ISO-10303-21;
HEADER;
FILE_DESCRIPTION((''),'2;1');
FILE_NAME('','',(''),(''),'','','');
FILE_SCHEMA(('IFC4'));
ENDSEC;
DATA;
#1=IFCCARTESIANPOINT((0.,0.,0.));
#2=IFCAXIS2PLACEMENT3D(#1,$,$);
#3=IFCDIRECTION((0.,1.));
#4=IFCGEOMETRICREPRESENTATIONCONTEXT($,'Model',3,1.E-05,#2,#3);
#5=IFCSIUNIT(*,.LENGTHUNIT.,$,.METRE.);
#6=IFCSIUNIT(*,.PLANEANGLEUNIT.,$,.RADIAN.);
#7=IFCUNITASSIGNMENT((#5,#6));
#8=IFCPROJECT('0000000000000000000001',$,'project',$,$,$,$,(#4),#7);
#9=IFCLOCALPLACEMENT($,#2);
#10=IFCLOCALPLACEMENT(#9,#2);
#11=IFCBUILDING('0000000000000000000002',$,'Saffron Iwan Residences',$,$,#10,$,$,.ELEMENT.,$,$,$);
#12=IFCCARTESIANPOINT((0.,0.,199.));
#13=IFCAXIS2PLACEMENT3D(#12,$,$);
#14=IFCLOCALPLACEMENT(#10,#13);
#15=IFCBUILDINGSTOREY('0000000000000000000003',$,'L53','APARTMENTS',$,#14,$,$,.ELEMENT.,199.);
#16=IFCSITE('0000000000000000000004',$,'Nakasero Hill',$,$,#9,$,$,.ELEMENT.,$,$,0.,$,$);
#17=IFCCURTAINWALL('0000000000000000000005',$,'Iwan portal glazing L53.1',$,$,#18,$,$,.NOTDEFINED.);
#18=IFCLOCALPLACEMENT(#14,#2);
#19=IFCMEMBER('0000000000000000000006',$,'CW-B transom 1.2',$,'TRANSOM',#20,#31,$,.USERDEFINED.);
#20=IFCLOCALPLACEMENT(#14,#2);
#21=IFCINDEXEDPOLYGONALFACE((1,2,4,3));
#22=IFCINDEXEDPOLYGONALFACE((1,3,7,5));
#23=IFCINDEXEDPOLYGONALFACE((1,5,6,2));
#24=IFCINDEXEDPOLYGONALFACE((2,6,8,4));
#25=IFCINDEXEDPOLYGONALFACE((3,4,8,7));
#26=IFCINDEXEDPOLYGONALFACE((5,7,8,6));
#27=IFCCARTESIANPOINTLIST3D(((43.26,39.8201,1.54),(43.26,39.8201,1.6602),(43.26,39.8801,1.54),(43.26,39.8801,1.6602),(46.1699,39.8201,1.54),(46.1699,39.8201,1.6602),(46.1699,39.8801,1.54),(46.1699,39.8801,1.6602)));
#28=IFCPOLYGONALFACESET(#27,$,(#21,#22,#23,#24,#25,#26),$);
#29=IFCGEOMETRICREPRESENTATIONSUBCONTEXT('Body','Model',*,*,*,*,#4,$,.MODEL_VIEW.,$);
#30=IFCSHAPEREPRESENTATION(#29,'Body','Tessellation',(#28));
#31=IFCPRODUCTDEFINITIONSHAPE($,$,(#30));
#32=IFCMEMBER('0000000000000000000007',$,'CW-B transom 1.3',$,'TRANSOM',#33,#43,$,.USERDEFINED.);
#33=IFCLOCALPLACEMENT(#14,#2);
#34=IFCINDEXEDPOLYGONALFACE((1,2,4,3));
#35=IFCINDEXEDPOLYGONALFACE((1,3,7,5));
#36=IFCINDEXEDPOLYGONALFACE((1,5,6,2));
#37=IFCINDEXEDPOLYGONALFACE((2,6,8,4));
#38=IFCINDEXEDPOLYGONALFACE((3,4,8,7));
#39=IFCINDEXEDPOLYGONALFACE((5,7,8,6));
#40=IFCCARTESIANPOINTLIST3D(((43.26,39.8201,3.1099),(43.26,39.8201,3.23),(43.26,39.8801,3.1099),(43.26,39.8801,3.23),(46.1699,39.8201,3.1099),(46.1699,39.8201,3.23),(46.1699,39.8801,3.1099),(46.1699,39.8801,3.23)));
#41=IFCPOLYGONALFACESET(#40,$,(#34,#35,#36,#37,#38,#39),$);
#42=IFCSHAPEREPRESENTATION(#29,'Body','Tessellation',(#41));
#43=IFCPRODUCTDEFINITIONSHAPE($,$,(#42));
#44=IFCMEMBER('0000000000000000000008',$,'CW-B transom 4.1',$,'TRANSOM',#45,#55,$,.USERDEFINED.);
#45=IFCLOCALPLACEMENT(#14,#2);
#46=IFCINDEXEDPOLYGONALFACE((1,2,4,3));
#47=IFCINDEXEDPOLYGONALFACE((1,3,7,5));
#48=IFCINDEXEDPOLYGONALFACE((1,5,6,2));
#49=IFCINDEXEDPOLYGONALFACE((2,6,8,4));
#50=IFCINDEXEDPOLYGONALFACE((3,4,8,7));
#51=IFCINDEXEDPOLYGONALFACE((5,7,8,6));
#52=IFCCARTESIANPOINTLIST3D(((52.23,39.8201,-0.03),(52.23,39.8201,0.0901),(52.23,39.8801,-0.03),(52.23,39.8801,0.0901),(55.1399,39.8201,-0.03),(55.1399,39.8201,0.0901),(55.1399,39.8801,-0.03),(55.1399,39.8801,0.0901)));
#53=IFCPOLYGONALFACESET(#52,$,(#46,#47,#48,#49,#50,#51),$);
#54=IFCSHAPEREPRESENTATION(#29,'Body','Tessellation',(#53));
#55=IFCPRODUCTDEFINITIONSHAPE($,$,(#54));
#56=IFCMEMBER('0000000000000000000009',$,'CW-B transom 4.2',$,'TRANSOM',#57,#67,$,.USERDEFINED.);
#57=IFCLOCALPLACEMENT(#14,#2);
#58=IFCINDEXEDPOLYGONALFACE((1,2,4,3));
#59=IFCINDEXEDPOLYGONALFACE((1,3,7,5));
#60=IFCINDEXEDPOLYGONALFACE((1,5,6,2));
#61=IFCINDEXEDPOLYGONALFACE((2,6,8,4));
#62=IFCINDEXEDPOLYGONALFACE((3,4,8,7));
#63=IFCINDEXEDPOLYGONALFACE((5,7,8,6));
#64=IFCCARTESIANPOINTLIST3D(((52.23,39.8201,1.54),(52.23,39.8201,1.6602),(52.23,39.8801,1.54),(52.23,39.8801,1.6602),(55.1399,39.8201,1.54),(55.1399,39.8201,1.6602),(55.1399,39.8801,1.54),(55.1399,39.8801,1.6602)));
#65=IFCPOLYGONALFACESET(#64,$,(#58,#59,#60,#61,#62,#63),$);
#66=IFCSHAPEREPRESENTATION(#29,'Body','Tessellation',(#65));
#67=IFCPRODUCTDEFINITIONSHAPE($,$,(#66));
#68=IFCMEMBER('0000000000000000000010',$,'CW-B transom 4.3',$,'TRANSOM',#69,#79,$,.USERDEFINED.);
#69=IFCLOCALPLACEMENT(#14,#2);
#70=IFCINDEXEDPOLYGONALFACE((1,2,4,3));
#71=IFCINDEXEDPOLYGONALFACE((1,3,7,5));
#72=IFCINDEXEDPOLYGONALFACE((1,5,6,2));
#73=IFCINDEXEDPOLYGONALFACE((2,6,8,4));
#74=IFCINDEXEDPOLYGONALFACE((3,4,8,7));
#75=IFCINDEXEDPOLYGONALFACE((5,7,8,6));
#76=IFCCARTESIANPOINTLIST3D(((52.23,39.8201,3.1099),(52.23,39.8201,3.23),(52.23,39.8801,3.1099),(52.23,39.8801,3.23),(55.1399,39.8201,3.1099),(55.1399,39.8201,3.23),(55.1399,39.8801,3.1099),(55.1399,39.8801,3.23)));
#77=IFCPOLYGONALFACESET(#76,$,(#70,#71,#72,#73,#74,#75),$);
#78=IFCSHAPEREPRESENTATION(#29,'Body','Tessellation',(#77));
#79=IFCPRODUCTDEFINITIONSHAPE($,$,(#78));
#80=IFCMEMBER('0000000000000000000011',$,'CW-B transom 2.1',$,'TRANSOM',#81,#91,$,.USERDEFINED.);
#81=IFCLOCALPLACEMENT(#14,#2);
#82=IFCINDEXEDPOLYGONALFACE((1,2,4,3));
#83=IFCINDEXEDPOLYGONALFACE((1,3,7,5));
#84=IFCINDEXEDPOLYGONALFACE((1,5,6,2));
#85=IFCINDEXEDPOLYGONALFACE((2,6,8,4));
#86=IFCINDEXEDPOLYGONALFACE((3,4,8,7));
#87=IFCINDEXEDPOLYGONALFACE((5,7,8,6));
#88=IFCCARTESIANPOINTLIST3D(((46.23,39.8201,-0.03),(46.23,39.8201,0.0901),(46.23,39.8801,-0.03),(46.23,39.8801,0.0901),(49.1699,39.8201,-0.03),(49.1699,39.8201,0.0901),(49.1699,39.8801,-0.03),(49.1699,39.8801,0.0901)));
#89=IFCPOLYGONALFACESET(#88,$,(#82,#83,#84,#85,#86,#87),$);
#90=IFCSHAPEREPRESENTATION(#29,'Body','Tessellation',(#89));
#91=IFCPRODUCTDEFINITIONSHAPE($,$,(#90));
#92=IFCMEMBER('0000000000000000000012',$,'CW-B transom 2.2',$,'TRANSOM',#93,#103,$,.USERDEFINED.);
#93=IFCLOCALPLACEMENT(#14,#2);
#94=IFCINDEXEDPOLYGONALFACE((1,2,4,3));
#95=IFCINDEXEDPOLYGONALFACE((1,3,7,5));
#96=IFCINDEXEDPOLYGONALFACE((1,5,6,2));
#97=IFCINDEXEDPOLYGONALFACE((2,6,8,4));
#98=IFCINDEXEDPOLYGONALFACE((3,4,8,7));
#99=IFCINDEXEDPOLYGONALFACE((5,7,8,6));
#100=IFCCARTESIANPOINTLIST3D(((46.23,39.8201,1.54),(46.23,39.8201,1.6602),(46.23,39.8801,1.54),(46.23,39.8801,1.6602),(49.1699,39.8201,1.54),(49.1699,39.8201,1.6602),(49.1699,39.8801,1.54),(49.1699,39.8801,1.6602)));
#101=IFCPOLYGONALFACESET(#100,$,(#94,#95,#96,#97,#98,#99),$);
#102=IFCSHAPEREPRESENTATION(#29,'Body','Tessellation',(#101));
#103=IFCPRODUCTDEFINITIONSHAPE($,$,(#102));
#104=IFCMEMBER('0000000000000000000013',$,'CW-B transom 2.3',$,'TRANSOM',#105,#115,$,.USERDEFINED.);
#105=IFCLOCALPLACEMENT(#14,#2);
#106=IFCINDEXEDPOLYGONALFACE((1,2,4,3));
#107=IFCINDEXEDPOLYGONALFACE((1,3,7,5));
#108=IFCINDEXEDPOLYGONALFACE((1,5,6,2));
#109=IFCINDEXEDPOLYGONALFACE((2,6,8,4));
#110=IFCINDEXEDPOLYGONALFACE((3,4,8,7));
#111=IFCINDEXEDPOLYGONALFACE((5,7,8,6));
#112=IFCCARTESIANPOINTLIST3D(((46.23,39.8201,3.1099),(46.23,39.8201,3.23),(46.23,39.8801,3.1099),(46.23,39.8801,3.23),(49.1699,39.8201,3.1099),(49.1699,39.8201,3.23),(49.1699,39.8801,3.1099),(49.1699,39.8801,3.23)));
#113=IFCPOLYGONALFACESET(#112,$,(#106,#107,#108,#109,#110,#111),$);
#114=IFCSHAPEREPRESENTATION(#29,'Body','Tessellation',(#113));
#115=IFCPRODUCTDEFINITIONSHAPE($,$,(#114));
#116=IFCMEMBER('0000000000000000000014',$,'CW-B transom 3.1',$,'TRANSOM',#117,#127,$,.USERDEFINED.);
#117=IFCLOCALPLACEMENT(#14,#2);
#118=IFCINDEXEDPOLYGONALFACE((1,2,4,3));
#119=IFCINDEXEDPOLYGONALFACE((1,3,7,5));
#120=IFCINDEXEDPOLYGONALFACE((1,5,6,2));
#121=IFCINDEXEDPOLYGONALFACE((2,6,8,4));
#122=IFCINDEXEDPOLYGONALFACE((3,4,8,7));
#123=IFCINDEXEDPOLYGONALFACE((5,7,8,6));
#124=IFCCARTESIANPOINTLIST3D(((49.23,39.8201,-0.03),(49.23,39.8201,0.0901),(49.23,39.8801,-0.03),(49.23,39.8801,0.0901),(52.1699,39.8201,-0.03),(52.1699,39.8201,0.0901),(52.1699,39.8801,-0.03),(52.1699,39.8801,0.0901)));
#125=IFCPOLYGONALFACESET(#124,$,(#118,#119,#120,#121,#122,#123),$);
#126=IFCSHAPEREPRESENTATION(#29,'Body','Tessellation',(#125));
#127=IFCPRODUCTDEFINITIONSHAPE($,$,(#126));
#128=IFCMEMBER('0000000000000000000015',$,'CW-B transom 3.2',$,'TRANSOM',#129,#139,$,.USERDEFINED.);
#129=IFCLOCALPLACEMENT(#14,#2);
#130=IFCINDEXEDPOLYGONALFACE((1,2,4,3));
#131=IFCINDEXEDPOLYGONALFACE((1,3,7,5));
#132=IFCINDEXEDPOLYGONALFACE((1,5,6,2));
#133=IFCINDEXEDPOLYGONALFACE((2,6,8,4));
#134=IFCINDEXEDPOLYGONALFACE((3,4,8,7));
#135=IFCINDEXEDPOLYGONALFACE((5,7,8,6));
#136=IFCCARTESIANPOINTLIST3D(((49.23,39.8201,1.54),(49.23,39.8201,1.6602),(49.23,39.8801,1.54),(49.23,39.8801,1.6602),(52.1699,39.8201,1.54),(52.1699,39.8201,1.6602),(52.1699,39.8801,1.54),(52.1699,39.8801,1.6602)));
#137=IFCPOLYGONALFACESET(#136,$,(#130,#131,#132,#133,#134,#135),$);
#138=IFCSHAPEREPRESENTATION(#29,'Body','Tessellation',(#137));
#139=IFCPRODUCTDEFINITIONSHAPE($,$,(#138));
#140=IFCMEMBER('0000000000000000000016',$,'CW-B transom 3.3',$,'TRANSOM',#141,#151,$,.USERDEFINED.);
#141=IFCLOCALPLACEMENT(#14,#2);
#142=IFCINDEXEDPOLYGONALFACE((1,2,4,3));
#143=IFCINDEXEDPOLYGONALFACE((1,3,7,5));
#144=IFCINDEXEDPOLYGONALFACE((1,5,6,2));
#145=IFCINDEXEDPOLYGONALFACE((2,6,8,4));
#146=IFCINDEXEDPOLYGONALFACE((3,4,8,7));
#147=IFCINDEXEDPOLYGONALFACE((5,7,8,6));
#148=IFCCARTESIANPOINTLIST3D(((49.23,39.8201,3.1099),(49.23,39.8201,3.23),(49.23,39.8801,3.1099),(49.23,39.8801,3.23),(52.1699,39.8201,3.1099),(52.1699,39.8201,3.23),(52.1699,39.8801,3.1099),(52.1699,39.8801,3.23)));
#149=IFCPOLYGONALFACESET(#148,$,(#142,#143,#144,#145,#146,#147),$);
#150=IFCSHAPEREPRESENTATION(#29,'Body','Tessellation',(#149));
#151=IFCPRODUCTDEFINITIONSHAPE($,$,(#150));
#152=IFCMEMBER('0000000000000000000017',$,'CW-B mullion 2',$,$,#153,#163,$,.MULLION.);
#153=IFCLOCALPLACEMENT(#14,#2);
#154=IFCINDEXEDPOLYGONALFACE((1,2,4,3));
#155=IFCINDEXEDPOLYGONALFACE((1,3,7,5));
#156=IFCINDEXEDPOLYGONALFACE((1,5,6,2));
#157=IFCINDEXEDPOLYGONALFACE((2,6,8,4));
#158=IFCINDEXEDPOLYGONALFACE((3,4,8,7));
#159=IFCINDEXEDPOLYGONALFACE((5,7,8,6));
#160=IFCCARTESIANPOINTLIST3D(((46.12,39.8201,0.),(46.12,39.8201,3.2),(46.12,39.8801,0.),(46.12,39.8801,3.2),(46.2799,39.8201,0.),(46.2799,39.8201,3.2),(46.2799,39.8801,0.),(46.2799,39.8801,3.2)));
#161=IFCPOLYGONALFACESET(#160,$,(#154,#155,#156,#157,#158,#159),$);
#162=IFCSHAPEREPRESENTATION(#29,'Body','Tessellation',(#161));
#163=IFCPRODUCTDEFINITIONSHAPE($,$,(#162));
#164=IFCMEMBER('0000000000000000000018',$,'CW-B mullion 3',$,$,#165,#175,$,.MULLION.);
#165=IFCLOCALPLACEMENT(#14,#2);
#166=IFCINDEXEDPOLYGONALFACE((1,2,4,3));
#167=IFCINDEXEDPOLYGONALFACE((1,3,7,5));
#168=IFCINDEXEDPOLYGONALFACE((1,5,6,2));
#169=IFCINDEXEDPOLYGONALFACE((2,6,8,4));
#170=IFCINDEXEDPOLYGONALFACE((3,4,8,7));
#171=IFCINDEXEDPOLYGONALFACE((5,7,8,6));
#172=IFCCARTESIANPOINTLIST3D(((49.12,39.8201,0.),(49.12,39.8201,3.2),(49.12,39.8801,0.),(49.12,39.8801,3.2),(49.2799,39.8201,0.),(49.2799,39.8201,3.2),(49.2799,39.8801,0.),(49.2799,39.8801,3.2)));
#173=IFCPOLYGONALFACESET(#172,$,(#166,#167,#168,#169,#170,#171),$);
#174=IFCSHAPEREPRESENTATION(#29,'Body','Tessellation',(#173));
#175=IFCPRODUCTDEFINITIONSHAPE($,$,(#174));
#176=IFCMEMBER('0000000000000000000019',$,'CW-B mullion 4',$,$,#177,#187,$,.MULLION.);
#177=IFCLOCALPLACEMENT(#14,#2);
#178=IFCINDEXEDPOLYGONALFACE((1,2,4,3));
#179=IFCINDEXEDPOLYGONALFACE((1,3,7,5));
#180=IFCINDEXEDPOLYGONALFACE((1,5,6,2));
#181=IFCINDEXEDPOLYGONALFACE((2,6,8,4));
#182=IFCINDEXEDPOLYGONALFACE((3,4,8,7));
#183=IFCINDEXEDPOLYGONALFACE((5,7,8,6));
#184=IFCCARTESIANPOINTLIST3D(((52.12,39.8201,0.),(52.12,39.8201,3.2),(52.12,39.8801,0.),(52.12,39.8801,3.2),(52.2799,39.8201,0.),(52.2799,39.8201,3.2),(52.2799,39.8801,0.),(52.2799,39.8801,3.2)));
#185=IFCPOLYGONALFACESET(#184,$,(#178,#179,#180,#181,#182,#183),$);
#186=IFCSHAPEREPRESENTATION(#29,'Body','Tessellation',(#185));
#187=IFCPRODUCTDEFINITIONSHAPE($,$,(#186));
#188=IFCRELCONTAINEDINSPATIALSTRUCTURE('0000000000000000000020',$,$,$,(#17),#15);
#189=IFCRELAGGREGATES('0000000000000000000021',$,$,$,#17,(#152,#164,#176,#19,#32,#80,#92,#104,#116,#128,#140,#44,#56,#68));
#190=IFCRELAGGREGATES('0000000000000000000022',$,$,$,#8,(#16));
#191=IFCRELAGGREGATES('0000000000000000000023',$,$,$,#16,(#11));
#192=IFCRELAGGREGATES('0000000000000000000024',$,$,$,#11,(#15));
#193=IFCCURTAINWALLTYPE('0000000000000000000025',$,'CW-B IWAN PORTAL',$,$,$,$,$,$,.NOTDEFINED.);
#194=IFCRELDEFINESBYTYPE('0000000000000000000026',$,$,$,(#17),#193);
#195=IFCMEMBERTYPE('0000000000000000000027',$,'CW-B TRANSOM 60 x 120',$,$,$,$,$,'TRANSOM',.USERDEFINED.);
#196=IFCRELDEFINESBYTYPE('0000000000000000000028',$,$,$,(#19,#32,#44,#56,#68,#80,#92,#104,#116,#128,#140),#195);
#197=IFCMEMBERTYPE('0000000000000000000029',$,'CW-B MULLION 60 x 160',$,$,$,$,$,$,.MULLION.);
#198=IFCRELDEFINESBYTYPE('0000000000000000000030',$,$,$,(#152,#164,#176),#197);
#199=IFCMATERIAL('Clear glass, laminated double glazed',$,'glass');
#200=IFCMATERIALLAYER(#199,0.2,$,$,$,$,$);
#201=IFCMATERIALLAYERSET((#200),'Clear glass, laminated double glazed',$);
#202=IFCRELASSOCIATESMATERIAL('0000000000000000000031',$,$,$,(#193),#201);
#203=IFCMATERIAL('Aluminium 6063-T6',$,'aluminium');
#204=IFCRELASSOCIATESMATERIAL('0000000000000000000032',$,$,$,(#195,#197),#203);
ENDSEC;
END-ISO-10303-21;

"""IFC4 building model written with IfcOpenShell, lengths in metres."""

from ifc_helpers import new_model, si_unit, direction, frame, origin, origin_2d, place, context, subcontext, project, spatial, rectangle, extrude, source, transform, mapped, material, layer, layer_set, material_profile, profile_set, type_object, element, aggregate, save


model = new_model("IFC4")

# Units and contexts
model_context = context("Model", 3, precision=1e-05, world=origin(), true_north=direction((0.0, 1.0)))
body_context = subcontext(model_context, "Body", "Model", "MODEL_VIEW")
ifc_project = project(units=[si_unit("LENGTHUNIT", "METRE"), si_unit("PLANEANGLEUNIT", "RADIAN")], contexts=[model_context])

# Site, building, storey
site_placement = place(None, origin())
site = spatial("IfcSite", under=ifc_project, at=site_placement, Name="Nakasero Hill", CompositionType="ELEMENT", RefElevation=0.0)
building_placement = place(site_placement, origin())
building = spatial("IfcBuilding", under=site, at=building_placement, Name="Saffron Iwan Residences", CompositionType="ELEMENT")
storey_placement = place(building_placement, frame((0.0, 0.0, 199.0)))
storey = spatial("IfcBuildingStorey", under=building, at=storey_placement, Name="L53", Description="APARTMENTS", CompositionType="ELEMENT", Elevation=199.0)

# Curtain wall, members
ifc_material_1 = material(Name="Clear glass, laminated double glazed", Category="glass")
ifc_layer_1 = layer(ifc_material_1, 0.2)
ifc_layer_set_1 = layer_set([ifc_layer_1], Name="Clear glass, laminated double glazed")
curtain_wall_type = type_object("IfcCurtainWallType", Name="CW-B IWAN PORTAL", PredefinedType="NOTDEFINED", material=ifc_layer_set_1)
curtain_wall_placement = place(storey_placement, origin())
curtain_wall = element("IfcCurtainWall", 1, at=curtain_wall_placement, inside=storey, type_object=curtain_wall_type, Name="Iwan portal glazing L53.1", PredefinedType="NOTDEFINED")
ifc_material_2 = material(Name="Aluminium 6063-T6", Category="aluminium")
ifc_material_profile_1 = material_profile(ifc_material_2, rectangle(XDim=0.0601, YDim=0.1201, at=origin_2d()), Name="CW-B TRANSOM 60 x 120")
ifc_profile_set_1 = profile_set([ifc_material_profile_1], Name="Aluminium 6063-T6")
member_type_1 = type_object("IfcMemberType", Name="CW-B TRANSOM 60 x 120", ElementType="TRANSOM", PredefinedType="USERDEFINED", material=ifc_profile_set_1)
shared_shape_1 = source(origin(), body_context, "Body", "SweptSolid", [
    extrude(rectangle(XDim=0.0601, YDim=0.1201, at=origin_2d()), origin(), (0.0, 0.0, 1.0), 2.9099),
])
member_1_placement = place(storey_placement, frame((43.26, 39.8501, 1.6001), z_axis=(1.0, 0.0, 0.0), x_axis=(0.0, 1.0, 0.0)))
member_1 = element("IfcMember", 2, at=member_1_placement, type_object=member_type_1, Name="CW-B transom 1.2", ObjectType="TRANSOM", PredefinedType="USERDEFINED", context=body_context, shape_type="MappedRepresentation", body=[
    mapped(shared_shape_1, transform((0.0, 0.0, 0.0))),
])
member_2_placement = place(storey_placement, frame((43.26, 39.8501, 3.1699), z_axis=(1.0, 0.0, 0.0), x_axis=(0.0, 1.0, 0.0)))
member_2 = element("IfcMember", 3, at=member_2_placement, type_object=member_type_1, Name="CW-B transom 1.3", ObjectType="TRANSOM", PredefinedType="USERDEFINED", context=body_context, shape_type="MappedRepresentation", body=[
    mapped(shared_shape_1, transform((0.0, 0.0, 0.0))),
])
member_3_placement = place(storey_placement, frame((52.23, 39.8501, 0.03), z_axis=(1.0, 0.0, 0.0), x_axis=(0.0, 1.0, 0.0)))
member_3 = element("IfcMember", 4, at=member_3_placement, type_object=member_type_1, Name="CW-B transom 4.1", ObjectType="TRANSOM", PredefinedType="USERDEFINED", context=body_context, shape_type="MappedRepresentation", body=[
    mapped(shared_shape_1, transform((0.0, 0.0, 0.0))),
])
member_4_placement = place(storey_placement, frame((52.23, 39.8501, 1.6001), z_axis=(1.0, 0.0, 0.0), x_axis=(0.0, 1.0, 0.0)))
member_4 = element("IfcMember", 5, at=member_4_placement, type_object=member_type_1, Name="CW-B transom 4.2", ObjectType="TRANSOM", PredefinedType="USERDEFINED", context=body_context, shape_type="MappedRepresentation", body=[
    mapped(shared_shape_1, transform((0.0, 0.0, 0.0))),
])
member_5_placement = place(storey_placement, frame((52.23, 39.8501, 3.1699), z_axis=(1.0, 0.0, 0.0), x_axis=(0.0, 1.0, 0.0)))
member_5 = element("IfcMember", 6, at=member_5_placement, type_object=member_type_1, Name="CW-B transom 4.3", ObjectType="TRANSOM", PredefinedType="USERDEFINED", context=body_context, shape_type="MappedRepresentation", body=[
    mapped(shared_shape_1, transform((0.0, 0.0, 0.0))),
])
shared_shape_2 = source(origin(), body_context, "Body", "SweptSolid", [
    extrude(rectangle(XDim=0.0601, YDim=0.1201, at=origin_2d()), origin(), (0.0, 0.0, 1.0), 2.9399),
])
member_6_placement = place(storey_placement, frame((46.23, 39.8501, 0.03), z_axis=(1.0, 0.0, 0.0), x_axis=(0.0, 1.0, 0.0)))
member_6 = element("IfcMember", 7, at=member_6_placement, type_object=member_type_1, Name="CW-B transom 2.1", ObjectType="TRANSOM", PredefinedType="USERDEFINED", context=body_context, shape_type="MappedRepresentation", body=[
    mapped(shared_shape_2, transform((0.0, 0.0, 0.0))),
])
member_7_placement = place(storey_placement, frame((46.23, 39.8501, 1.6001), z_axis=(1.0, 0.0, 0.0), x_axis=(0.0, 1.0, 0.0)))
member_7 = element("IfcMember", 8, at=member_7_placement, type_object=member_type_1, Name="CW-B transom 2.2", ObjectType="TRANSOM", PredefinedType="USERDEFINED", context=body_context, shape_type="MappedRepresentation", body=[
    mapped(shared_shape_2, transform((0.0, 0.0, 0.0))),
])
member_8_placement = place(storey_placement, frame((46.23, 39.8501, 3.1699), z_axis=(1.0, 0.0, 0.0), x_axis=(0.0, 1.0, 0.0)))
member_8 = element("IfcMember", 9, at=member_8_placement, type_object=member_type_1, Name="CW-B transom 2.3", ObjectType="TRANSOM", PredefinedType="USERDEFINED", context=body_context, shape_type="MappedRepresentation", body=[
    mapped(shared_shape_2, transform((0.0, 0.0, 0.0))),
])
member_9_placement = place(storey_placement, frame((49.23, 39.8501, 0.03), z_axis=(1.0, 0.0, 0.0), x_axis=(0.0, 1.0, 0.0)))
member_9 = element("IfcMember", 10, at=member_9_placement, type_object=member_type_1, Name="CW-B transom 3.1", ObjectType="TRANSOM", PredefinedType="USERDEFINED", context=body_context, shape_type="MappedRepresentation", body=[
    mapped(shared_shape_2, transform((0.0, 0.0, 0.0))),
])
member_10_placement = place(storey_placement, frame((49.23, 39.8501, 1.6001), z_axis=(1.0, 0.0, 0.0), x_axis=(0.0, 1.0, 0.0)))
member_10 = element("IfcMember", 11, at=member_10_placement, type_object=member_type_1, Name="CW-B transom 3.2", ObjectType="TRANSOM", PredefinedType="USERDEFINED", context=body_context, shape_type="MappedRepresentation", body=[
    mapped(shared_shape_2, transform((0.0, 0.0, 0.0))),
])
member_11_placement = place(storey_placement, frame((49.23, 39.8501, 3.1699), z_axis=(1.0, 0.0, 0.0), x_axis=(0.0, 1.0, 0.0)))
member_11 = element("IfcMember", 12, at=member_11_placement, type_object=member_type_1, Name="CW-B transom 3.3", ObjectType="TRANSOM", PredefinedType="USERDEFINED", context=body_context, shape_type="MappedRepresentation", body=[
    mapped(shared_shape_2, transform((0.0, 0.0, 0.0))),
])
ifc_material_profile_2 = material_profile(ifc_material_2, rectangle(XDim=0.0601, YDim=0.1599, at=origin_2d()), Name="CW-B MULLION 60 x 160")
ifc_profile_set_2 = profile_set([ifc_material_profile_2], Name="Aluminium 6063-T6")
member_type_2 = type_object("IfcMemberType", Name="CW-B MULLION 60 x 160", PredefinedType="MULLION", material=ifc_profile_set_2)
shared_shape_3 = source(origin(), body_context, "Body", "SweptSolid", [
    extrude(rectangle(XDim=0.0601, YDim=0.1599, at=origin_2d()), origin(), (0.0, 0.0, 1.0), 3.2),
])
member_12_placement = place(storey_placement, frame((46.2, 39.8501, 0.0), z_axis=(0.0, 0.0, 1.0), x_axis=(0.0, 1.0, 0.0)))
member_12 = element("IfcMember", 13, at=member_12_placement, type_object=member_type_2, Name="CW-B mullion 2", PredefinedType="MULLION", context=body_context, shape_type="MappedRepresentation", body=[
    mapped(shared_shape_3, transform((0.0, 0.0, 0.0))),
])
member_13_placement = place(storey_placement, frame((49.2, 39.8501, 0.0), z_axis=(0.0, 0.0, 1.0), x_axis=(0.0, 1.0, 0.0)))
member_13 = element("IfcMember", 14, at=member_13_placement, type_object=member_type_2, Name="CW-B mullion 3", PredefinedType="MULLION", context=body_context, shape_type="MappedRepresentation", body=[
    mapped(shared_shape_3, transform((0.0, 0.0, 0.0))),
])
member_14_placement = place(storey_placement, frame((52.2, 39.8501, 0.0), z_axis=(0.0, 0.0, 1.0), x_axis=(0.0, 1.0, 0.0)))
member_14 = element("IfcMember", 15, at=member_14_placement, type_object=member_type_2, Name="CW-B mullion 4", PredefinedType="MULLION", context=body_context, shape_type="MappedRepresentation", body=[
    mapped(shared_shape_3, transform((0.0, 0.0, 0.0))),
])
aggregate(curtain_wall, [member_12, member_13, member_14, member_1, member_2, member_6, member_7, member_8, member_9, member_10, member_11, member_3, member_4, member_5])

save(model, "model.ifc")
